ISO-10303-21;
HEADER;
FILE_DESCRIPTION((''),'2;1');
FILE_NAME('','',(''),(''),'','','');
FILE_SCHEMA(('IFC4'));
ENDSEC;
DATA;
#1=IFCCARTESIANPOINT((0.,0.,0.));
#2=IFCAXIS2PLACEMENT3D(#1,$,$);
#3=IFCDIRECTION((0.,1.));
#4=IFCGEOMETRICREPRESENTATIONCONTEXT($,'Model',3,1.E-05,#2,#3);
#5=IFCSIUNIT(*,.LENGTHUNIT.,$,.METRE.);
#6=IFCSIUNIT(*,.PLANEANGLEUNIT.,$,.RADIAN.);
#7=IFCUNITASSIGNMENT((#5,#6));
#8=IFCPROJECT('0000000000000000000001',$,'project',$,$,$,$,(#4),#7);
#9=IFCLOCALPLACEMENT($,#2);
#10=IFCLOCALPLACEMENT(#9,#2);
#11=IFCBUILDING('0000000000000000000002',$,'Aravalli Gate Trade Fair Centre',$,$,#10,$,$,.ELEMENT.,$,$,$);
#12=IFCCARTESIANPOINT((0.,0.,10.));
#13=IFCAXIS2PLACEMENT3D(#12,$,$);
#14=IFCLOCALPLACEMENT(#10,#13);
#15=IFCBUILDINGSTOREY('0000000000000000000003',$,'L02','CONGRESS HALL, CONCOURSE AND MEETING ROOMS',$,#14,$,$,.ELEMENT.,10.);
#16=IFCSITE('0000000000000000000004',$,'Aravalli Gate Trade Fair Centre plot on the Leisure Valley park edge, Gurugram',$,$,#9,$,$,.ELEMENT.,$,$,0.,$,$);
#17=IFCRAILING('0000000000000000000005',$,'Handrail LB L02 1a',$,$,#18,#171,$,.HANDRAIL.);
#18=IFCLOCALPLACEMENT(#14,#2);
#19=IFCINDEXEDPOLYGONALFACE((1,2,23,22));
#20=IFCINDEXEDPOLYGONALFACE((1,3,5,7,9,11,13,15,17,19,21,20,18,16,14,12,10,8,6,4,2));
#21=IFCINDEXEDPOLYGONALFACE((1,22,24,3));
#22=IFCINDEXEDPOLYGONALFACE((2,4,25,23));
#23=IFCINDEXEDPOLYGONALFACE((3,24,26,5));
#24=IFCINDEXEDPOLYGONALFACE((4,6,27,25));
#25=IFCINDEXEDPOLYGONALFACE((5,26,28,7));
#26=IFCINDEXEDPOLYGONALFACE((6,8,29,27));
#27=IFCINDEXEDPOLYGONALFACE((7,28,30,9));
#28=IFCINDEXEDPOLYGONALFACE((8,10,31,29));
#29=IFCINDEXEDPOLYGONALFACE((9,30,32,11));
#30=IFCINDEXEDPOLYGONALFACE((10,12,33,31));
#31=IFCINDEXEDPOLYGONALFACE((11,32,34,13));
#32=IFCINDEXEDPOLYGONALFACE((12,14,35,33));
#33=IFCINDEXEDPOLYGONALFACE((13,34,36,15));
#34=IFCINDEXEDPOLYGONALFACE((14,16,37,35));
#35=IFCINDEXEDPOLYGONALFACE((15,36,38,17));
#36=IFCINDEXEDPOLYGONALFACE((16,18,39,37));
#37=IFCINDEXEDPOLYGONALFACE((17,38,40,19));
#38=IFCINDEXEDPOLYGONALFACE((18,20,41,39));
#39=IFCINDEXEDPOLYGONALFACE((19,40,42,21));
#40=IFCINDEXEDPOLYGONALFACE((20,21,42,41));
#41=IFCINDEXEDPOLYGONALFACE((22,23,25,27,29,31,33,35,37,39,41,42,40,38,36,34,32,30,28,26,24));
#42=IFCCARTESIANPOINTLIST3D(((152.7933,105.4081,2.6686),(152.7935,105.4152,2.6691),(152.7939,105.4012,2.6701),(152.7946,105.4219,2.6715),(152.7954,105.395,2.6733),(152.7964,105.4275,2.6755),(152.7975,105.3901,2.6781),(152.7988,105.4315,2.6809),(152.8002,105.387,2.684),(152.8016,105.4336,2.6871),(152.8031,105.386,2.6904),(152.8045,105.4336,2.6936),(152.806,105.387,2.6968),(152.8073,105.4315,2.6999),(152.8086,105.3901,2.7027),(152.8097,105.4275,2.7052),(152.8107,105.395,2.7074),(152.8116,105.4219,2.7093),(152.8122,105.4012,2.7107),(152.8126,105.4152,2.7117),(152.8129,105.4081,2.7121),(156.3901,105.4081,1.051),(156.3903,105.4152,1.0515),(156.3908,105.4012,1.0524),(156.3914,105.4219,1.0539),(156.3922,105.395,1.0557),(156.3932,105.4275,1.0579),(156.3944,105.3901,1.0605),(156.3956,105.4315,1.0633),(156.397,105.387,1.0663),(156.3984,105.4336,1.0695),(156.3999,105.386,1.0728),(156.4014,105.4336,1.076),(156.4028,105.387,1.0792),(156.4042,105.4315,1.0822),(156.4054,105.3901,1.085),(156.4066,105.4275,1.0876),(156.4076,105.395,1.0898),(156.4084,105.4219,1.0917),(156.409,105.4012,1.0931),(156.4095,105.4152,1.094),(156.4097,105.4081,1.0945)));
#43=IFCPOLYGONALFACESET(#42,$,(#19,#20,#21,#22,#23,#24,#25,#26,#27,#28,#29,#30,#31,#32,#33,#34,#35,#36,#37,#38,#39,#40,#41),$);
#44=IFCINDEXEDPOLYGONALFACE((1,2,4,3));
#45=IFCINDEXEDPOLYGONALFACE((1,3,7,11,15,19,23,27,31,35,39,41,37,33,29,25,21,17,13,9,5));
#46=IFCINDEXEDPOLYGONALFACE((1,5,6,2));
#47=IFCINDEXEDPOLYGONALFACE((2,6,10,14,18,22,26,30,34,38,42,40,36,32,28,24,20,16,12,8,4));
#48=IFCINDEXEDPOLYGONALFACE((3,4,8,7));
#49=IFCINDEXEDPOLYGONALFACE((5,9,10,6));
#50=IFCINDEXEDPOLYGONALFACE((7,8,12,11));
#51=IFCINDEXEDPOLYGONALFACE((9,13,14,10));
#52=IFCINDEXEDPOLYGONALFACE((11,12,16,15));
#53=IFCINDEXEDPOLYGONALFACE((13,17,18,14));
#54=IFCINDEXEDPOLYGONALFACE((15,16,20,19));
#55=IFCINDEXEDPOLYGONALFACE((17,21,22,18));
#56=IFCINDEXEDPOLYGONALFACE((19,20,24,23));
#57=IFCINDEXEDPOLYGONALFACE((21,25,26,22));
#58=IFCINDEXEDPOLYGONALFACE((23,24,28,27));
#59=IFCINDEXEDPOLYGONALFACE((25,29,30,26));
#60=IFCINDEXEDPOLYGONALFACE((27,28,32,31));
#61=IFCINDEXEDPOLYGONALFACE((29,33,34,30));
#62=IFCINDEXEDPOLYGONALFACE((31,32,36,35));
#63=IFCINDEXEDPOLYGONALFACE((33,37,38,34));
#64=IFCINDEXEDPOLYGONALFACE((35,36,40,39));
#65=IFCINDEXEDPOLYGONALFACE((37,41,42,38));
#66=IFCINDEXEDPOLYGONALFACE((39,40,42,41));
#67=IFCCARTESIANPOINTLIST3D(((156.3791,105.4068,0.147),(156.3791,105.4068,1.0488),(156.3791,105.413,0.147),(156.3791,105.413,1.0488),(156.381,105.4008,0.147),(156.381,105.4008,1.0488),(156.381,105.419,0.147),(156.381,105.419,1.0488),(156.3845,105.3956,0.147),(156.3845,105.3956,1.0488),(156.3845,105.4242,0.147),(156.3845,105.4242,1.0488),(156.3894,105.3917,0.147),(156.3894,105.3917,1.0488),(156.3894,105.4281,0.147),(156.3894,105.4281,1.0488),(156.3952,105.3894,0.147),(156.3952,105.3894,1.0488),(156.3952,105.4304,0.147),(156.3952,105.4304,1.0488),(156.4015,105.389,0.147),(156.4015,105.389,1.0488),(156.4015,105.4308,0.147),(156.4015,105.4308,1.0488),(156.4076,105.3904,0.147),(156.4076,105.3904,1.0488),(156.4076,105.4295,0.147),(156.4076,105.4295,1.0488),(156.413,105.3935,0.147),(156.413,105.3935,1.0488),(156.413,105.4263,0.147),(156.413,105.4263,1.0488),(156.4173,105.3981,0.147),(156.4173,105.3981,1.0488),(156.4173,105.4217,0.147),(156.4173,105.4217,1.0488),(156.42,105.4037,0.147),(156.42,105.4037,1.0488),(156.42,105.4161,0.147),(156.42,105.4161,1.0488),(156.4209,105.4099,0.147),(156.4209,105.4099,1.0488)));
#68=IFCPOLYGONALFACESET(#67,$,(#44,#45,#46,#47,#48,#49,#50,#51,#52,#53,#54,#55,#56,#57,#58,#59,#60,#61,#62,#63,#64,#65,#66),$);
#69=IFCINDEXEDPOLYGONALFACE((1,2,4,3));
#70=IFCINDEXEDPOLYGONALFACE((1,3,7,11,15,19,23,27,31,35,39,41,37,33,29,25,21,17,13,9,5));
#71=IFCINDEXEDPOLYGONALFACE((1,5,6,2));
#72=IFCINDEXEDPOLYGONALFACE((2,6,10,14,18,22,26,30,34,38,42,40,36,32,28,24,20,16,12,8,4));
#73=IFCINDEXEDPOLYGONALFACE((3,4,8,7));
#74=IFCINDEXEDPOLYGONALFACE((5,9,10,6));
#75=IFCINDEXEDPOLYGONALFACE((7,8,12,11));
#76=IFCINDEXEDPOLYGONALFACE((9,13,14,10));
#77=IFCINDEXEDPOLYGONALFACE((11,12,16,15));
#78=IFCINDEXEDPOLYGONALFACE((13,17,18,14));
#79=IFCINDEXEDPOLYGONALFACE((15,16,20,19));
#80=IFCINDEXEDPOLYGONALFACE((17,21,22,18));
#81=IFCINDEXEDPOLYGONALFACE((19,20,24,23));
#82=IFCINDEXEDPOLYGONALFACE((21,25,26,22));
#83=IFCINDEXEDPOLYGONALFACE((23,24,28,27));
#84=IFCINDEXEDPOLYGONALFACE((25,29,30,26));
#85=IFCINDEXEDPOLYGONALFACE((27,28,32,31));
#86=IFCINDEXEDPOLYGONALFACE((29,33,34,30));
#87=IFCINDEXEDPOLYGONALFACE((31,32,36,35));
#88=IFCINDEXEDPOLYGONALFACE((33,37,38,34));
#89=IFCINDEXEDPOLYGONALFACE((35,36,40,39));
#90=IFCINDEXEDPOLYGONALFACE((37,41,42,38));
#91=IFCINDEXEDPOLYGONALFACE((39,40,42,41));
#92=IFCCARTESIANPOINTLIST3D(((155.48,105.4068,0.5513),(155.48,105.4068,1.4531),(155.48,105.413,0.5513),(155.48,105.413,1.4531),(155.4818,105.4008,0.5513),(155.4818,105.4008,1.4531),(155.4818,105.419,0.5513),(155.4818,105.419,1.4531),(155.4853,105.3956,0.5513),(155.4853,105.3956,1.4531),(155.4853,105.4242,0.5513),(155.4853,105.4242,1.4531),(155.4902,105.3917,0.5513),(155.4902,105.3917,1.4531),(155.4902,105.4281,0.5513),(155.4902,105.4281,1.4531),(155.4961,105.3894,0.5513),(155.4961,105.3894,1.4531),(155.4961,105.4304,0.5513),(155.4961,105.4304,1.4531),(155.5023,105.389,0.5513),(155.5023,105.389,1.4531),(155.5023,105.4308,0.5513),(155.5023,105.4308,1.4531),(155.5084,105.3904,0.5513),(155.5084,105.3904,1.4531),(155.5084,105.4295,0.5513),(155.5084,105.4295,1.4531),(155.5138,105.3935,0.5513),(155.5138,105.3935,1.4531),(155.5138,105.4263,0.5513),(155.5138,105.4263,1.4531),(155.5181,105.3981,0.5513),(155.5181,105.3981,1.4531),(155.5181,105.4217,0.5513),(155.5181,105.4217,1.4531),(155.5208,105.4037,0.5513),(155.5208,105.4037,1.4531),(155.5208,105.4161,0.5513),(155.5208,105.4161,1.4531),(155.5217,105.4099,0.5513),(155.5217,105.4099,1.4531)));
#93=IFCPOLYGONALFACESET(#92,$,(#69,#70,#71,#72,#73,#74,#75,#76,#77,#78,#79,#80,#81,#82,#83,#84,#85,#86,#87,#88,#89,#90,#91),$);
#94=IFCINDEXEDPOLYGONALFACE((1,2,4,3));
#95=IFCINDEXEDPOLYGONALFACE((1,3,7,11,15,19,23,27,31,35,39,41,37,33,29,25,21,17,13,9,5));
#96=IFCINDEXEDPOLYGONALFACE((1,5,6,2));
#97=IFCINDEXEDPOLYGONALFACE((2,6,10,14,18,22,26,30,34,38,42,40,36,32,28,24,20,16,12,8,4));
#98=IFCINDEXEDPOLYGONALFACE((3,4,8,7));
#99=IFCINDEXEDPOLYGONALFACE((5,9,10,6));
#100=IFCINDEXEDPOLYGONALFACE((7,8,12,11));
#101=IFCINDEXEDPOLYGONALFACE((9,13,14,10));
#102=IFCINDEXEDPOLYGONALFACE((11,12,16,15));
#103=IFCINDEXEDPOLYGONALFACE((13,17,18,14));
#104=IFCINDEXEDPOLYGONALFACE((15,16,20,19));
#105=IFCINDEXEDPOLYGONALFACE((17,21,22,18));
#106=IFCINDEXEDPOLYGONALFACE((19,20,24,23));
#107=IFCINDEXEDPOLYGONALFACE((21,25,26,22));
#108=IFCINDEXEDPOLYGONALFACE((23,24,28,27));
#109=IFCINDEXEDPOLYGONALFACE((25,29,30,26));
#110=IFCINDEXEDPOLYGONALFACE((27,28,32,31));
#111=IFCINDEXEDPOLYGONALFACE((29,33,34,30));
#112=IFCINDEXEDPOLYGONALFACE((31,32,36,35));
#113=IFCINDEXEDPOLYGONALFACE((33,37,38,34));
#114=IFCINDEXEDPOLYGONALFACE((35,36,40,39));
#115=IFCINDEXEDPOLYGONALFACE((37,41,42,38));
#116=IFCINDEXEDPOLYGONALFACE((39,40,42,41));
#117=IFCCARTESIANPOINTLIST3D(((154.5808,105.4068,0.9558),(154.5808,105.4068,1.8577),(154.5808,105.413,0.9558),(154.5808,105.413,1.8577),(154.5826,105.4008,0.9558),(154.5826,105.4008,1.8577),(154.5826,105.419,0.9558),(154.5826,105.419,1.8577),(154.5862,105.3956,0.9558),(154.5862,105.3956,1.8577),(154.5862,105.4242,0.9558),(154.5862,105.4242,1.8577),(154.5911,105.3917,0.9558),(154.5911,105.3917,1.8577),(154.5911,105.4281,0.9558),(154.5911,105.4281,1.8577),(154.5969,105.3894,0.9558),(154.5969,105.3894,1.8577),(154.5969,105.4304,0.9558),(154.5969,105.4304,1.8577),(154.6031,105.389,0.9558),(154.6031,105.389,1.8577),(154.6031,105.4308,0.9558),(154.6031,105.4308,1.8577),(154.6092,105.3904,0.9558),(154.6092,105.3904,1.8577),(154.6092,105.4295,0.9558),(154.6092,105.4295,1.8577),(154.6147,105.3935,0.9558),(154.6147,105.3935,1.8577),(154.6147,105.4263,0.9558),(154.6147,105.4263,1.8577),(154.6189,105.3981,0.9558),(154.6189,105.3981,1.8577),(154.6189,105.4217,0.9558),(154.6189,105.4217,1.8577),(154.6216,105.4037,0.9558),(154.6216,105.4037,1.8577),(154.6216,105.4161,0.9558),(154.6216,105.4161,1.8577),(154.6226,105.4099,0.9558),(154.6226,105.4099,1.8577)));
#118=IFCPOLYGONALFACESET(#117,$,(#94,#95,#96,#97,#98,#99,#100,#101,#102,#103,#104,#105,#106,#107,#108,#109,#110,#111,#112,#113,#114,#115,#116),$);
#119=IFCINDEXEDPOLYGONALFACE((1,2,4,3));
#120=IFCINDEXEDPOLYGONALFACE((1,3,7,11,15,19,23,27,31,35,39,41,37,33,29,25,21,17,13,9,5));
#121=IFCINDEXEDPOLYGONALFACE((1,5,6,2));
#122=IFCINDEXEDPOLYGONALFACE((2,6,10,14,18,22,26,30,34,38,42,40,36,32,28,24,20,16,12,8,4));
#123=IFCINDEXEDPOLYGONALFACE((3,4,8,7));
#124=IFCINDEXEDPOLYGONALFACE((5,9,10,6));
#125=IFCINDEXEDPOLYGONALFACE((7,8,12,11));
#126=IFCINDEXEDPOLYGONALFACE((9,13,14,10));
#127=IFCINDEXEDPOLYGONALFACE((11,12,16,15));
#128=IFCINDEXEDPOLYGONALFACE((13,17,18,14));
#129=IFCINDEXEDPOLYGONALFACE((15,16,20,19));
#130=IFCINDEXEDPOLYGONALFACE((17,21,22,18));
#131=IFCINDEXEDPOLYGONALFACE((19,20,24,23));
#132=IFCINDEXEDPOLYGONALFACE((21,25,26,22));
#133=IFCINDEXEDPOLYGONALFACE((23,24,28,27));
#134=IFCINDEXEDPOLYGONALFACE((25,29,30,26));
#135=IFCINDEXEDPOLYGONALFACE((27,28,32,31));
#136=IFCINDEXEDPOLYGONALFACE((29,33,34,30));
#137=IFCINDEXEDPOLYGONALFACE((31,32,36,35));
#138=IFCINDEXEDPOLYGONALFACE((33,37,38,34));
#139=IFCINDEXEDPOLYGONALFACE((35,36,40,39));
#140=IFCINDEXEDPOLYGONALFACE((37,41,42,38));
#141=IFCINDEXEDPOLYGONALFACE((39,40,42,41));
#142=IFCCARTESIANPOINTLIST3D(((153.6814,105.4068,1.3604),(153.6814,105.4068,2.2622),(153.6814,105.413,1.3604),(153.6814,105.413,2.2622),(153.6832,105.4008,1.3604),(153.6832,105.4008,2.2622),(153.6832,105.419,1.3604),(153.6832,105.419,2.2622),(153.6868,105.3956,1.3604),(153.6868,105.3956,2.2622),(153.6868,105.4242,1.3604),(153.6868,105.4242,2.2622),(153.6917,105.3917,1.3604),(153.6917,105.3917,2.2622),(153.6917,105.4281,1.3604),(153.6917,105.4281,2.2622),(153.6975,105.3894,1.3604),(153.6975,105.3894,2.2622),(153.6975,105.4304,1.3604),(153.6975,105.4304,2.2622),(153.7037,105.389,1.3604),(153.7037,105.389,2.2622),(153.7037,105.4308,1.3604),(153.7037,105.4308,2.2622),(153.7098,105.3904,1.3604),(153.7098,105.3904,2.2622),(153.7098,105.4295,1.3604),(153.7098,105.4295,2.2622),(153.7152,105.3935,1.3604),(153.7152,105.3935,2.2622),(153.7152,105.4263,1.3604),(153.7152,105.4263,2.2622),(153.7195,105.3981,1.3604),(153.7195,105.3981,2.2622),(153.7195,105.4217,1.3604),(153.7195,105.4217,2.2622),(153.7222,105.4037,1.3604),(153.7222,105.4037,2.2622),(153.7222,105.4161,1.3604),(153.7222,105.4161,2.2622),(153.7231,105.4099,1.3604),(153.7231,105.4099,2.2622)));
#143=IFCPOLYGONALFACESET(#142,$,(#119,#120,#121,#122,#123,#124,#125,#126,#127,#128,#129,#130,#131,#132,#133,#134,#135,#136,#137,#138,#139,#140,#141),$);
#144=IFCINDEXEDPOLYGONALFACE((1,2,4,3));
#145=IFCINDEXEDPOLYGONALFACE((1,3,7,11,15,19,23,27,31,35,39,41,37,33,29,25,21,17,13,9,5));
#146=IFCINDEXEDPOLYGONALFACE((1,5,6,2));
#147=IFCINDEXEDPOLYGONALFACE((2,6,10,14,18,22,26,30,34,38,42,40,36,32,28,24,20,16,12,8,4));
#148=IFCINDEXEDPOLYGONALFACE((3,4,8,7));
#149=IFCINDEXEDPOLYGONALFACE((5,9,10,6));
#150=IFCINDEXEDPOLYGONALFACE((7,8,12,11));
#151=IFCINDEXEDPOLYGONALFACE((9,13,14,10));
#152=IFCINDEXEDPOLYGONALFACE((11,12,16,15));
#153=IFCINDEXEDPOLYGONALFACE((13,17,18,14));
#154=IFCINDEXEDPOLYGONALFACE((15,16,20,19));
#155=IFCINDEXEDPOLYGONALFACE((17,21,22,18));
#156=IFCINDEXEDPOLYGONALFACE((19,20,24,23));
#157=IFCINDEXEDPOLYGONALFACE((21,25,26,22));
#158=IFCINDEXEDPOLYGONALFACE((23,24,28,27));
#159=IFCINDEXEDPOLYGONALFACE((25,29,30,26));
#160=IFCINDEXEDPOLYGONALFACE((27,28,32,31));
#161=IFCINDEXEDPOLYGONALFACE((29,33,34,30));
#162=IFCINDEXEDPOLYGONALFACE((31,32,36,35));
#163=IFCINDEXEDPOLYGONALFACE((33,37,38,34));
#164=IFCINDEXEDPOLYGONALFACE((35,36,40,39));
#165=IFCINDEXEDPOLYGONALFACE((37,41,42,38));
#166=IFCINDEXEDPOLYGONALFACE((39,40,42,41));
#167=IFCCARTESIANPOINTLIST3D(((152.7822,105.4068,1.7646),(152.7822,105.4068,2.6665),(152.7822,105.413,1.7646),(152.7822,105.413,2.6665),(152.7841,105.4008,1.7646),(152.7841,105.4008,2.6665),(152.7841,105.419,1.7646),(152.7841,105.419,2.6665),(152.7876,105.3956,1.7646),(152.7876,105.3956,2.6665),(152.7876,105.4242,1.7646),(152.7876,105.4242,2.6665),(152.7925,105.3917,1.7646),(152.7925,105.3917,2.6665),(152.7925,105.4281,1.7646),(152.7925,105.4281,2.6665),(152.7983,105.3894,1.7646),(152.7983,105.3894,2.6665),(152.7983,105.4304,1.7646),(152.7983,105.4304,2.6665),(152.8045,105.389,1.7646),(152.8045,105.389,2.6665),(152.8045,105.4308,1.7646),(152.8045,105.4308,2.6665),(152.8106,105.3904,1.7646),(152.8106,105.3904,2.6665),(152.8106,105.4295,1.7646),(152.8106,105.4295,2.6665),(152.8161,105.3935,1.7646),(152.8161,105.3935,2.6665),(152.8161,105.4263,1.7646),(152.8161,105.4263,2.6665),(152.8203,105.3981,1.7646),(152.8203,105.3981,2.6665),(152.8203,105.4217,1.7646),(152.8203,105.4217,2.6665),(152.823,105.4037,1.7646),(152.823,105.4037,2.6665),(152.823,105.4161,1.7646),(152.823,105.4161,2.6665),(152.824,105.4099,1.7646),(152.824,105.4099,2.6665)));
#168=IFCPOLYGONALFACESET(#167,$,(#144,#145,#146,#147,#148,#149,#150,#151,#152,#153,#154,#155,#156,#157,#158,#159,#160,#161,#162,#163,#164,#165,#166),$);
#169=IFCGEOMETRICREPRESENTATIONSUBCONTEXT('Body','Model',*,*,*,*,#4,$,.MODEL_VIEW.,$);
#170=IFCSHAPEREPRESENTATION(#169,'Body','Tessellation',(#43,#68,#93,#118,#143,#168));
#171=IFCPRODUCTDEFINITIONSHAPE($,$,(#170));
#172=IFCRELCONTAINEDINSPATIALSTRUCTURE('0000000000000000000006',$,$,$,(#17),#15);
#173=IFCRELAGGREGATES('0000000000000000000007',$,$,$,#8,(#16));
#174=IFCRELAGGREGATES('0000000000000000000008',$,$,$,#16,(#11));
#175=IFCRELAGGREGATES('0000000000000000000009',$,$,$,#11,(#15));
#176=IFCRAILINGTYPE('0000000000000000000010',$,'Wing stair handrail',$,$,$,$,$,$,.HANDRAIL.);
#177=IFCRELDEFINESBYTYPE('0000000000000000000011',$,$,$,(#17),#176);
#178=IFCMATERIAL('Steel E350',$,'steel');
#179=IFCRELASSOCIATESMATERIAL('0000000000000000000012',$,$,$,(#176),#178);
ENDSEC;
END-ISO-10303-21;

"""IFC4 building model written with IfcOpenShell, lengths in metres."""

from ifc_helpers import new_model, si_unit, direction, frame, origin, origin_2d, place, context, subcontext, project, spatial, circle, extrude, material, type_object, element, save


model = new_model("IFC4")

# Units and contexts
model_context = context("Model", 3, precision=1e-05, world=origin(), true_north=direction((0.0, 1.0)))
body_context = subcontext(model_context, "Body", "Model", "MODEL_VIEW")
ifc_project = project(units=[si_unit("LENGTHUNIT", "METRE"), si_unit("PLANEANGLEUNIT", "RADIAN")], contexts=[model_context])

# Site, building, storey
site_placement = place(None, origin())
site = spatial("IfcSite", under=ifc_project, at=site_placement, Name="Aravalli Gate Trade Fair Centre plot on the Leisure Valley park edge, Gurugram", CompositionType="ELEMENT", RefElevation=0.0)
building_placement = place(site_placement, origin())
building = spatial("IfcBuilding", under=site, at=building_placement, Name="Aravalli Gate Trade Fair Centre", CompositionType="ELEMENT")
storey_placement = place(building_placement, frame((0.0, 0.0, 10.0)))
storey = spatial("IfcBuildingStorey", under=building, at=storey_placement, Name="L02", Description="CONGRESS HALL, CONCOURSE AND MEETING ROOMS", CompositionType="ELEMENT", Elevation=10.0)

# Shared definitions
ifc_material_1 = material(Name="Steel E350", Category="steel")

# Railing
railing_type_1 = type_object("IfcRailingType", Name="Wing stair handrail", PredefinedType="HANDRAIL", material=ifc_material_1)
railing_1_placement = place(storey_placement, frame((156.3999, 105.4099, 0.147)))
element("IfcRailing", 1, at=railing_1_placement, inside=storey, type_object=railing_type_1, Name="Handrail LB L02 1a", PredefinedType="HANDRAIL", context=body_context, shape_type="SweptSolid", body=[
    extrude(circle(Radius=0.0239, at=origin_2d()), frame((0.0, 0.0, 0.9258), z_axis=(-0.912011, 0.0, 0.410166), x_axis=(0.0, -1.0, 0.0)), (0.0, 0.0, 1.0), 3.9438),
    extrude(circle(Radius=0.021, at=origin_2d()), origin(), (0.0, 0.0, 1.0), 0.9019),
    extrude(circle(Radius=0.021, at=origin_2d()), frame((-0.8992, 0.0, 0.4043)), (0.0, 0.0, 1.0), 0.9019),
    extrude(circle(Radius=0.021, at=origin_2d()), frame((-1.7983, 0.0, 0.8088)), (0.0, 0.0, 1.0), 0.9019),
    extrude(circle(Radius=0.021, at=origin_2d()), frame((-2.6978, 0.0, 1.2134)), (0.0, 0.0, 1.0), 0.9019),
    extrude(circle(Radius=0.021, at=origin_2d()), frame((-3.5969, 0.0, 1.6177)), (0.0, 0.0, 1.0), 0.9019),
])

save(model, "model.ifc")
